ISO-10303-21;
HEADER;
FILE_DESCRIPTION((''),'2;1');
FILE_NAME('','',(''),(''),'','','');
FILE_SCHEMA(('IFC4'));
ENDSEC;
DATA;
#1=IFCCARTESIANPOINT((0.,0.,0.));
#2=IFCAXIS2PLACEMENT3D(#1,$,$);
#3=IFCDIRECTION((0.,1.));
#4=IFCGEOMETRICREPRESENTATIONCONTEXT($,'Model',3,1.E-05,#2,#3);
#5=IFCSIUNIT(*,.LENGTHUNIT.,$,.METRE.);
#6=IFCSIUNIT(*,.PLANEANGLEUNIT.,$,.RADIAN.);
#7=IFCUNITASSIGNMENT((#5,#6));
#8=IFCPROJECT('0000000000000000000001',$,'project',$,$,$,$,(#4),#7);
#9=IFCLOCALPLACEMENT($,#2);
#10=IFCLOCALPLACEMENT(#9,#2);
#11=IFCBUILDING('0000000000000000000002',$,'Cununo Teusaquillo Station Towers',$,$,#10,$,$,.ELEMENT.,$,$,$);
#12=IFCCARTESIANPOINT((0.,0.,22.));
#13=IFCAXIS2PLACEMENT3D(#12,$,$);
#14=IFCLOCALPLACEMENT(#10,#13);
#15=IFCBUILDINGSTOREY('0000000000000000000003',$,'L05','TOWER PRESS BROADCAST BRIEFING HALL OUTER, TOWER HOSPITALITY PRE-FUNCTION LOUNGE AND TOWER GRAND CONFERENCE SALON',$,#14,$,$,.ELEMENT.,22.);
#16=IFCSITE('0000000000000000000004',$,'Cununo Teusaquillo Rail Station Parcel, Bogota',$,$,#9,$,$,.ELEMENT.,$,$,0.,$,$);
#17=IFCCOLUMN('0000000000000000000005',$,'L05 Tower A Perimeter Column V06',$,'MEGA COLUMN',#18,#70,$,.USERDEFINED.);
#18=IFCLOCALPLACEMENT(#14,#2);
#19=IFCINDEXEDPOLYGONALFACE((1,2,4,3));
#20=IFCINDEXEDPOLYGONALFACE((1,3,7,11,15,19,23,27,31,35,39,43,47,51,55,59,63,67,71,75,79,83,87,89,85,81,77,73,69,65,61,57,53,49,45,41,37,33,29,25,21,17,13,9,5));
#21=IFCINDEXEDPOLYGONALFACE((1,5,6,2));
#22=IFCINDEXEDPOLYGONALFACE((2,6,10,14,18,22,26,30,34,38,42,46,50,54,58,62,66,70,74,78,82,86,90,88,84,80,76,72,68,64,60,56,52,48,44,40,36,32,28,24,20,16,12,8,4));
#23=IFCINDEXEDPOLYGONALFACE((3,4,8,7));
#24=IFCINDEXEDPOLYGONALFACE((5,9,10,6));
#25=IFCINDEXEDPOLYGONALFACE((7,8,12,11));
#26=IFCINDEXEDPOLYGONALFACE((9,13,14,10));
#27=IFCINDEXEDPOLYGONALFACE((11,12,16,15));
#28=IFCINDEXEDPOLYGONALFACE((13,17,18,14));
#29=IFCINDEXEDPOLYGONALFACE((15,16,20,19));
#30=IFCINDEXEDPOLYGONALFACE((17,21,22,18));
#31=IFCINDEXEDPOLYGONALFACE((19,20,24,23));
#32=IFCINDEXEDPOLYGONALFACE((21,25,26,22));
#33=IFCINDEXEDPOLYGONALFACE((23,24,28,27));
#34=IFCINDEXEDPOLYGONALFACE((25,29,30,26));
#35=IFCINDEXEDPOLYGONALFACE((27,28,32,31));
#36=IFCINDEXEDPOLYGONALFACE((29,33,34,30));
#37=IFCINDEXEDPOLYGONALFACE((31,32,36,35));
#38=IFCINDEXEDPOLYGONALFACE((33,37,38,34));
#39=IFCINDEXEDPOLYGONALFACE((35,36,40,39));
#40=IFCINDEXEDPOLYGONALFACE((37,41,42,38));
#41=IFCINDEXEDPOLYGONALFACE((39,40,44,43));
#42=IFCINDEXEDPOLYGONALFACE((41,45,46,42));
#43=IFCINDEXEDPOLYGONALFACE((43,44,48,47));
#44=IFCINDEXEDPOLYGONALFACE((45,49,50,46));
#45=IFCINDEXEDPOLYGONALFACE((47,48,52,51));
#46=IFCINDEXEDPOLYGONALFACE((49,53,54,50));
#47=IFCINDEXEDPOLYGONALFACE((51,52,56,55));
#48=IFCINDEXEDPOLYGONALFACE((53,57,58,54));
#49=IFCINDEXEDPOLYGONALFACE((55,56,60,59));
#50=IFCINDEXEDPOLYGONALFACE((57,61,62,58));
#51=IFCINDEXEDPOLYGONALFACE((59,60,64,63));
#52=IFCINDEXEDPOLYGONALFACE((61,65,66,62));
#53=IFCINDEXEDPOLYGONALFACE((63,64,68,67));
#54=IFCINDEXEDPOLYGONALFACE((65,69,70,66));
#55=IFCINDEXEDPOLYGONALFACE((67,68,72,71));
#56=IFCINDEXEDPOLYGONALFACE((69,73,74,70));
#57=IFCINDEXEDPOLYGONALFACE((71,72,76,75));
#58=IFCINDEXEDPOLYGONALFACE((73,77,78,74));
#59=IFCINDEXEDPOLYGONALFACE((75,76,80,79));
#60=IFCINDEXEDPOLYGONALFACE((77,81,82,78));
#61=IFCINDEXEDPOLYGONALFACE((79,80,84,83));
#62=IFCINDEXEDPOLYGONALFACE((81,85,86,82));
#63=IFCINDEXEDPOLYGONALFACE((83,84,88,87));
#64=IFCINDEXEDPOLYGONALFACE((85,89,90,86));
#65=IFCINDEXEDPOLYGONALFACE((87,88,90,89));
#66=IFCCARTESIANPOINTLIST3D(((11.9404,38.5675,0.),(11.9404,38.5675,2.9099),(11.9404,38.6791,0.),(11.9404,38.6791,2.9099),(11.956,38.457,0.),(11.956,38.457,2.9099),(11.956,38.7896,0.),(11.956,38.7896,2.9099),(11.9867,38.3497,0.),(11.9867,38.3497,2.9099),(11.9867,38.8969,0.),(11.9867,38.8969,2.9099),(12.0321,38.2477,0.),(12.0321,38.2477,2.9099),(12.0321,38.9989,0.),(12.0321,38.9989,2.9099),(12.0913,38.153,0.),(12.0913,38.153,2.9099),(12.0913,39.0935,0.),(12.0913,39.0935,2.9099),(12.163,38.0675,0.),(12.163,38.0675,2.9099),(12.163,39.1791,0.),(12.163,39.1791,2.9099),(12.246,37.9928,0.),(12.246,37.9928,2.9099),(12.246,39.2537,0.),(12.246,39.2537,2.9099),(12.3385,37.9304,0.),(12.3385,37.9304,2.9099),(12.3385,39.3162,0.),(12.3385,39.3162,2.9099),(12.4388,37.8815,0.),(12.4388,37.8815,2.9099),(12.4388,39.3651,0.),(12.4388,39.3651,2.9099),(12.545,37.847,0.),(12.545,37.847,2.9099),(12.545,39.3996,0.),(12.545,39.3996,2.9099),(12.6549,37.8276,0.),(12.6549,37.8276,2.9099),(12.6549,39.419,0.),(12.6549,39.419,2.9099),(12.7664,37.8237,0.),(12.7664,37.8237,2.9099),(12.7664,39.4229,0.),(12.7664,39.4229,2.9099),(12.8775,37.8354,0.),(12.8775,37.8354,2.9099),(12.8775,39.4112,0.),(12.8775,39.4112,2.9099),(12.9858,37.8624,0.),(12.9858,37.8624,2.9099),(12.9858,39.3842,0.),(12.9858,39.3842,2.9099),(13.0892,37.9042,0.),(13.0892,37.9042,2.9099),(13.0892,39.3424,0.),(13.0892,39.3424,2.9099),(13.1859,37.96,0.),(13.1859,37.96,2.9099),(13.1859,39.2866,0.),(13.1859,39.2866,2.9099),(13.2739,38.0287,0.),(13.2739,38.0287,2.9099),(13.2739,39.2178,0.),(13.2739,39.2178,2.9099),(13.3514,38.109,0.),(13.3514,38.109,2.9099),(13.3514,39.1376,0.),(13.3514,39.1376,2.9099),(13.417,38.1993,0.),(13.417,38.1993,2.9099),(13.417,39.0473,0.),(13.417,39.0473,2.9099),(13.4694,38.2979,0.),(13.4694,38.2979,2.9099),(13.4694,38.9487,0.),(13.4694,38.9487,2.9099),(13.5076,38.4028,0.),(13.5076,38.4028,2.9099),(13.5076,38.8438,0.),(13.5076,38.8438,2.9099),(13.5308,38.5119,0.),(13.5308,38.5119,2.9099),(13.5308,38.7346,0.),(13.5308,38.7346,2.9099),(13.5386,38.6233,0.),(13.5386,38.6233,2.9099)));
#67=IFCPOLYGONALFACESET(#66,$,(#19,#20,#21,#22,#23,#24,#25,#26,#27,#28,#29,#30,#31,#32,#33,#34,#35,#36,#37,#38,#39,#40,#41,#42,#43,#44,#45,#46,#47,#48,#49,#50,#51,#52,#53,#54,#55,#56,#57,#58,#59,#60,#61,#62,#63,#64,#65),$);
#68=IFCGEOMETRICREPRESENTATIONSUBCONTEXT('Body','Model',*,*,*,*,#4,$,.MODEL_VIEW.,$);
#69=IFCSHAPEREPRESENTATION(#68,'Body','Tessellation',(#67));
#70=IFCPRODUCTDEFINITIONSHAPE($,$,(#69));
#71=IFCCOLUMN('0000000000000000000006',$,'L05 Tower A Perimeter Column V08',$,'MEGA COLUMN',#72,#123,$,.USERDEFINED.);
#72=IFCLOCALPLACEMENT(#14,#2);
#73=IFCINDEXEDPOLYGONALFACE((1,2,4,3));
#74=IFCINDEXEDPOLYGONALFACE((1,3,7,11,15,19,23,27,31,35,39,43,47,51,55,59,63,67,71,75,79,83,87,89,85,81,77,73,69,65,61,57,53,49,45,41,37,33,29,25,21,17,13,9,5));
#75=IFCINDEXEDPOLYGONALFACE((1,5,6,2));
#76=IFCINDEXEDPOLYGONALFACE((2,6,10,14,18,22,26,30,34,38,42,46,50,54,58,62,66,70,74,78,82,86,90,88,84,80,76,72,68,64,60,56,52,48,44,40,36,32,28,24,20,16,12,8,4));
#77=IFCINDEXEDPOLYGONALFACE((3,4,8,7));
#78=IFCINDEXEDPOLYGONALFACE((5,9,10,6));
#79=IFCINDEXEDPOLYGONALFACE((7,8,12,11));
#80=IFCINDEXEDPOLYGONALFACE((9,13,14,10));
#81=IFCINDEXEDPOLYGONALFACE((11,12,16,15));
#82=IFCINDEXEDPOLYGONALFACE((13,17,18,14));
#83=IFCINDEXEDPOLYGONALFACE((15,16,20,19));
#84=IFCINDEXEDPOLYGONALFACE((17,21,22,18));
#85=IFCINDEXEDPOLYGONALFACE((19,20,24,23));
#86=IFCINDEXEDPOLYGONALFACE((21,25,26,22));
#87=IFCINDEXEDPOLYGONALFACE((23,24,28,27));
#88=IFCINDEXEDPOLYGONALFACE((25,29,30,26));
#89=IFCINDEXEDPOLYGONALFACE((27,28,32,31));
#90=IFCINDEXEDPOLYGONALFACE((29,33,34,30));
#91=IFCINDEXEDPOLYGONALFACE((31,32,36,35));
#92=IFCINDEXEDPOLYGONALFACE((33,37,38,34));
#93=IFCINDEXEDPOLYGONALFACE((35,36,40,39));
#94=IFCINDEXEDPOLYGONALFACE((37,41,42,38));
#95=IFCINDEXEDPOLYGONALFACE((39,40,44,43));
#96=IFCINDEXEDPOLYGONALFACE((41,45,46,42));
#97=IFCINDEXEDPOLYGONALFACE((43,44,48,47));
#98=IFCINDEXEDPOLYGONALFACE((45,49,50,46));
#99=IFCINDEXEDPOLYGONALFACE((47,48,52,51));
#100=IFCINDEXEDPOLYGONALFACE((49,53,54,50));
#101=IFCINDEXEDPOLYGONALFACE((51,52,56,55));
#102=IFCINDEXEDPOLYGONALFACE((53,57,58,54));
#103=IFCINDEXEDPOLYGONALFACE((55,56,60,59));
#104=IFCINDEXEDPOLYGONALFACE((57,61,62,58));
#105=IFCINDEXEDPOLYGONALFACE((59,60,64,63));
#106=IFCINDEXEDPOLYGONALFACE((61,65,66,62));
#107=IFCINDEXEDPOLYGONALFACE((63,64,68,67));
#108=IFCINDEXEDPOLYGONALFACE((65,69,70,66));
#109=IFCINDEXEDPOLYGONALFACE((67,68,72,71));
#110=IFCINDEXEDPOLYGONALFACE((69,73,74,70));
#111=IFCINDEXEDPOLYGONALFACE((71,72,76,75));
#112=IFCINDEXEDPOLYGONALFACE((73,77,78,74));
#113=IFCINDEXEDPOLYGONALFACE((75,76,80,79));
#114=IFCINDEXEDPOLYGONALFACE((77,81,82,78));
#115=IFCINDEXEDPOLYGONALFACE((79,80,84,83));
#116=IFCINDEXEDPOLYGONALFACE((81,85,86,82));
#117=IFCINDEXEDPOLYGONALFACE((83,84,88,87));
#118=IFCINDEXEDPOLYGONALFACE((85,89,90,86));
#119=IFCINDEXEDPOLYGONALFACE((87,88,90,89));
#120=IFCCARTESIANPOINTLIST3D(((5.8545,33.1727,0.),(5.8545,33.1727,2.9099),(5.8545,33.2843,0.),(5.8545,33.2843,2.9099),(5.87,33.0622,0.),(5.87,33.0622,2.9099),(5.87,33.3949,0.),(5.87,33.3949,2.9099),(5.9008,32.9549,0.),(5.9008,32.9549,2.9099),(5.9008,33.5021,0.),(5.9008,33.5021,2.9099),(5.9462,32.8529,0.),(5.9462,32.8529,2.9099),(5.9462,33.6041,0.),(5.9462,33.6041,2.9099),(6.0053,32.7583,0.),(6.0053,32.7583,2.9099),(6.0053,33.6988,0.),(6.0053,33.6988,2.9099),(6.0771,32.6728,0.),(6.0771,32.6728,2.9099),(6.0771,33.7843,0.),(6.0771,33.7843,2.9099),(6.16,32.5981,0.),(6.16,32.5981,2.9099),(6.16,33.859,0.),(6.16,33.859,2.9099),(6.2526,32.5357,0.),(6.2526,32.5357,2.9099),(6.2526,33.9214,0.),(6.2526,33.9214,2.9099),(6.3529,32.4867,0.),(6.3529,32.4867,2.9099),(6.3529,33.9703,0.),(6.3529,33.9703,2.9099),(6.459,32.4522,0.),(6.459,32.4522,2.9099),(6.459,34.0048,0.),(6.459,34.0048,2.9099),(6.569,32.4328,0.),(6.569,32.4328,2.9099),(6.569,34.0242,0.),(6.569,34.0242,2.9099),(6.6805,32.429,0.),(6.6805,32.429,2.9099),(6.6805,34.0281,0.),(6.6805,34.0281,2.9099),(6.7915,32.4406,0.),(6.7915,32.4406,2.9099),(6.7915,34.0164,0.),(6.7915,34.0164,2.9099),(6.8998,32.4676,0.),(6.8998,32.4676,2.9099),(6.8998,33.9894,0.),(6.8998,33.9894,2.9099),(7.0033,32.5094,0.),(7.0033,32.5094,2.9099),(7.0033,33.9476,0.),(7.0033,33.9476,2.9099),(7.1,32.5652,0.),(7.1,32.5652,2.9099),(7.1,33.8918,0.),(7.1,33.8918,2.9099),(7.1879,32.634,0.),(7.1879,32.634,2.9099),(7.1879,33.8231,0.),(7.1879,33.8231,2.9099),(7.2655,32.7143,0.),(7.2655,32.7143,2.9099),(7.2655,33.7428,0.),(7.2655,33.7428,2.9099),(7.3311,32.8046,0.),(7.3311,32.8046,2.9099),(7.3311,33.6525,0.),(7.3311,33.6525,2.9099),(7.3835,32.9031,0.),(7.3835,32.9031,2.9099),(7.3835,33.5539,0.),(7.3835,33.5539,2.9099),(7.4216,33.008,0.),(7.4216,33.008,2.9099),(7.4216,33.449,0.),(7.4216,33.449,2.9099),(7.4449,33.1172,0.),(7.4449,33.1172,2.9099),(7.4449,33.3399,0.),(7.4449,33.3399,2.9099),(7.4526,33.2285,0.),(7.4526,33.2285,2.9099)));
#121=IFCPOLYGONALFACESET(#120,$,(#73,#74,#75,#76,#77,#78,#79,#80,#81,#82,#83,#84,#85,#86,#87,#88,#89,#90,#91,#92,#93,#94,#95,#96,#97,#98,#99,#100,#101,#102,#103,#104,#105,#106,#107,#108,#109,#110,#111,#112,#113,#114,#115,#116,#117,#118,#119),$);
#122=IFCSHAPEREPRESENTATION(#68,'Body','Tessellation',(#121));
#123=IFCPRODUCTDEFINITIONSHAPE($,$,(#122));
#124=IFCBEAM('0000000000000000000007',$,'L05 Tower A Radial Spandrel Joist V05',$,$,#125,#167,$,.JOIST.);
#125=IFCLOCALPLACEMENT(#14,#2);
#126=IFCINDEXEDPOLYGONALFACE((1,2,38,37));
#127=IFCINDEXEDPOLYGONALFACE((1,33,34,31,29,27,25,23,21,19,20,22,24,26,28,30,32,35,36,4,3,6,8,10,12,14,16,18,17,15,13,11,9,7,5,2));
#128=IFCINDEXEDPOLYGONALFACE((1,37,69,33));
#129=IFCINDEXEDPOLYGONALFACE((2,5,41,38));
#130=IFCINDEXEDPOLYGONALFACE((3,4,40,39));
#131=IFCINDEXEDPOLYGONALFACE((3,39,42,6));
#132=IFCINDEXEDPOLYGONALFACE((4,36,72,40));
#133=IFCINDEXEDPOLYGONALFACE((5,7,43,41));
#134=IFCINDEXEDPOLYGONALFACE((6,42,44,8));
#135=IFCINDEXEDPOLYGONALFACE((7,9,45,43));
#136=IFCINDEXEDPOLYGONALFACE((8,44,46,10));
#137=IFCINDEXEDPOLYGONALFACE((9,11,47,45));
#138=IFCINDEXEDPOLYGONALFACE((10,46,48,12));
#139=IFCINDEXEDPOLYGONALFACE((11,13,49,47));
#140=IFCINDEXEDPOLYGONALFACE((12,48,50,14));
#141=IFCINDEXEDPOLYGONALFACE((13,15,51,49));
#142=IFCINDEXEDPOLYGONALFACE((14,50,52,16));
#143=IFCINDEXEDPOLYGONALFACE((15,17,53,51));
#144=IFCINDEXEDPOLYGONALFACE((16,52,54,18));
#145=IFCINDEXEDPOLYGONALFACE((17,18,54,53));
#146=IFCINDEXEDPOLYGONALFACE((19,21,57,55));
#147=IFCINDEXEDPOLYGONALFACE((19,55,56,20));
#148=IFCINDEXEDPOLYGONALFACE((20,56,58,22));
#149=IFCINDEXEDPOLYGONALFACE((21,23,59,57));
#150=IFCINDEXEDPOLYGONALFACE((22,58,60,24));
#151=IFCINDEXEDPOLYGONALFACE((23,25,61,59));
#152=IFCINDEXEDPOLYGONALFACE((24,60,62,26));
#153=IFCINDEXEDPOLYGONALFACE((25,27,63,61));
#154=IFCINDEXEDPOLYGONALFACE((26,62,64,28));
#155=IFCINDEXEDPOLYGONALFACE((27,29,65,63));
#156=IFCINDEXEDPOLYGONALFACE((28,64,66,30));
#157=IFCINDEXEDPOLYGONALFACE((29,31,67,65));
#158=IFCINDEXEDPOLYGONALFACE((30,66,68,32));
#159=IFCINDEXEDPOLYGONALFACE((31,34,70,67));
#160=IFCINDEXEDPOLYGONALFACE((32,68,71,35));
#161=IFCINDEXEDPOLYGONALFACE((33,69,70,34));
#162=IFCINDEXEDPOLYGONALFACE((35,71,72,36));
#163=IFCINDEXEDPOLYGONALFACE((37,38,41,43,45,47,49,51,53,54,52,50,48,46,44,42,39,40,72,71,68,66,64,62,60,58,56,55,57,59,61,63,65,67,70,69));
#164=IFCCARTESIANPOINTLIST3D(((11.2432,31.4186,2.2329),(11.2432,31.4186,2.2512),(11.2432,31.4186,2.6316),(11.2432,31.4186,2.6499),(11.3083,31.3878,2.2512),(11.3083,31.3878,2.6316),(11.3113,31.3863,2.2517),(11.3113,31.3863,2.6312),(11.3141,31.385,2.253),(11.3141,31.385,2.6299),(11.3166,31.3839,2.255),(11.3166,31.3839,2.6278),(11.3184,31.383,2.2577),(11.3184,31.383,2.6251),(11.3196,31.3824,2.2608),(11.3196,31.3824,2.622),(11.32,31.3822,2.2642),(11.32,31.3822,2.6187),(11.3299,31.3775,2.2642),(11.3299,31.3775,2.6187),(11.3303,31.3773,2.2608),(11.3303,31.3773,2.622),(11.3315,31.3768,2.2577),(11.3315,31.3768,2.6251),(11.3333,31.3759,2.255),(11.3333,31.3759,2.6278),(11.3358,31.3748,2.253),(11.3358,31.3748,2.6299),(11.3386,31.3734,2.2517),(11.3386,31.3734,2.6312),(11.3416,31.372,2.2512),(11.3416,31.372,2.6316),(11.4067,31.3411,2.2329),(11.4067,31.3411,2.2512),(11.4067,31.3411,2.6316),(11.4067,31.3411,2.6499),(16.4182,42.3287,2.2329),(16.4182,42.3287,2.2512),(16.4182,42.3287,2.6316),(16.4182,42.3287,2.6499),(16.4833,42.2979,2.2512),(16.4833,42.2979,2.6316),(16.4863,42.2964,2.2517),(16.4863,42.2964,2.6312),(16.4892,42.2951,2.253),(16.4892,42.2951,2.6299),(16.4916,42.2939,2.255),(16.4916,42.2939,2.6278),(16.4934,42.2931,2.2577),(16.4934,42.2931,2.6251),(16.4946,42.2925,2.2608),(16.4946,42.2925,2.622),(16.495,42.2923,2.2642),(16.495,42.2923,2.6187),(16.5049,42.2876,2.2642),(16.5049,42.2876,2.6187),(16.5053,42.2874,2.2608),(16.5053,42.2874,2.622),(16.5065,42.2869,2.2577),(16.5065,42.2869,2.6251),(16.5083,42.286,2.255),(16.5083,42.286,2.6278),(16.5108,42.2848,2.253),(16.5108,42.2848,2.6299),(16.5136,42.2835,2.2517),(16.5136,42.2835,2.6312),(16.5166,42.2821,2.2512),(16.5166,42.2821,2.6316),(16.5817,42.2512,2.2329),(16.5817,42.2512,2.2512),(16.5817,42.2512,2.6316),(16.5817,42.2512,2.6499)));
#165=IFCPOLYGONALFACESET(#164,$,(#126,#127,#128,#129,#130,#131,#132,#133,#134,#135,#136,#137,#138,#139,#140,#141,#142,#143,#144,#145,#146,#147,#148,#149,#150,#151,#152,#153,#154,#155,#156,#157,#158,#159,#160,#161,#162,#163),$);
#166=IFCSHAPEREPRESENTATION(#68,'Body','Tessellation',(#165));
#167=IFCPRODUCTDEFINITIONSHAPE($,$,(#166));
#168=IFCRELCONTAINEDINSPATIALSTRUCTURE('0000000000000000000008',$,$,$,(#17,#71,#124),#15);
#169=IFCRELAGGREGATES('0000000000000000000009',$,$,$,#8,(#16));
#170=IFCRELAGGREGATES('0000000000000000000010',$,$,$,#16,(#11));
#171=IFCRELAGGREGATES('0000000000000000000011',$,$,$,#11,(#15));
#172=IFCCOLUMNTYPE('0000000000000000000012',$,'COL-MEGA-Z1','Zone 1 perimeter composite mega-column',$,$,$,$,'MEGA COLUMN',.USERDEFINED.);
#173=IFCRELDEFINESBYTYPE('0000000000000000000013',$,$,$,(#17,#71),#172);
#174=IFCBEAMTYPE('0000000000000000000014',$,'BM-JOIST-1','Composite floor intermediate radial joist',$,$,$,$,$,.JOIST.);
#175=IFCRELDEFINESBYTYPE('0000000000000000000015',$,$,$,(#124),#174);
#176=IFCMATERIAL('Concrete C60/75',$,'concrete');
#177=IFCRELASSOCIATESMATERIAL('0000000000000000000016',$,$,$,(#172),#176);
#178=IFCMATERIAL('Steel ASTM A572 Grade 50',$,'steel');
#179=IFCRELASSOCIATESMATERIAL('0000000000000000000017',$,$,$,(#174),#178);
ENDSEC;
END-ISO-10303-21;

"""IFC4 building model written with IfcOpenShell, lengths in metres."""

from ifc_helpers import new_model, si_unit, direction, frame, origin, origin_2d, place, context, subcontext, project, spatial, circle, i_section, extrude, material, material_profile, profile_set, type_object, element, save


model = new_model("IFC4")

# Units and contexts
model_context = context("Model", 3, precision=1e-05, world=origin(), true_north=direction((0.0, 1.0)))
body_context = subcontext(model_context, "Body", "Model", "MODEL_VIEW")
ifc_project = project(units=[si_unit("LENGTHUNIT", "METRE"), si_unit("PLANEANGLEUNIT", "RADIAN")], contexts=[model_context])

# Site, building, storey
site_placement = place(None, origin())
site = spatial("IfcSite", under=ifc_project, at=site_placement, Name="Cununo Teusaquillo Rail Station Parcel, Bogota", CompositionType="ELEMENT", RefElevation=0.0)
building_placement = place(site_placement, origin())
building = spatial("IfcBuilding", under=site, at=building_placement, Name="Cununo Teusaquillo Station Towers", CompositionType="ELEMENT")
storey_placement = place(building_placement, frame((0.0, 0.0, 22.0)))
storey = spatial("IfcBuildingStorey", under=building, at=storey_placement, Name="L05", Description="TOWER PRESS BROADCAST BRIEFING HALL OUTER, TOWER HOSPITALITY PRE-FUNCTION LOUNGE AND TOWER GRAND CONFERENCE SALON", CompositionType="ELEMENT", Elevation=22.0)

# Columns
ifc_material_1 = material(Name="Concrete C60/75", Category="concrete")
ifc_material_profile_1 = material_profile(ifc_material_1, circle(Radius=0.8, at=origin_2d()), Name="RC-CIRC-1600")
ifc_profile_set_1 = profile_set([ifc_material_profile_1], Name="Concrete C60/75")
column_type = type_object("IfcColumnType", Name="COL-MEGA-Z1", Description="Zone 1 perimeter composite mega-column", ElementType="MEGA COLUMN", PredefinedType="USERDEFINED", material=ifc_profile_set_1)
for number, where, z_axis, x_axis, name in (
    (1, (12.7385, 38.6233, 0.0), (0.0, 0.0, 1.0), (1.0, 0.0, 0.0), "L05 Tower A Perimeter Column V06"),
    (2, (6.6526, 33.2285, 0.0), (0.0, 0.0, 1.0), (1.0, 0.0, 0.0), "L05 Tower A Perimeter Column V08"),
):
    element("IfcColumn", number, at=place(storey_placement, frame(where, z_axis=z_axis, x_axis=x_axis)), inside=storey, type_object=column_type, Name=name, ObjectType="MEGA COLUMN", PredefinedType="USERDEFINED", context=body_context, shape_type="SweptSolid", body=[
        extrude(circle(Radius=0.8, at=origin_2d()), origin(), (0.0, 0.0, 1.0), 2.9099),
    ])

# Beam
ifc_material_2 = material(Name="Steel ASTM A572 Grade 50", Category="steel")
ifc_material_profile_2 = material_profile(ifc_material_2, i_section(OverallWidth=0.1809, OverallDepth=0.417, WebThickness=0.011, FlangeThickness=0.0183, FilletRadius=0.0129, at=origin_2d()), Name="W16X57")
ifc_profile_set_2 = profile_set([ifc_material_profile_2], Name="Steel ASTM A572 Grade 50")
beam_type_1 = type_object("IfcBeamType", Name="BM-JOIST-1", Description="Composite floor intermediate radial joist", PredefinedType="JOIST", material=ifc_profile_set_2)
beam_1_placement = place(storey_placement, frame((11.325, 31.3799, 2.4414), z_axis=(0.428565, 0.903511, 0.0), x_axis=(-0.903511, 0.428565, 0.0)))
element("IfcBeam", 3, at=beam_1_placement, inside=storey, type_object=beam_type_1, Name="L05 Tower A Radial Spandrel Joist V05", PredefinedType="JOIST", context=body_context, shape_type="SweptSolid", body=[
    extrude(i_section(OverallWidth=0.1809, OverallDepth=0.417, WebThickness=0.011, FlangeThickness=0.0183, FilletRadius=0.0129, at=origin_2d()), origin(), (0.0, 0.0, 1.0), 12.0752),
])

save(model, "model.ifc")
